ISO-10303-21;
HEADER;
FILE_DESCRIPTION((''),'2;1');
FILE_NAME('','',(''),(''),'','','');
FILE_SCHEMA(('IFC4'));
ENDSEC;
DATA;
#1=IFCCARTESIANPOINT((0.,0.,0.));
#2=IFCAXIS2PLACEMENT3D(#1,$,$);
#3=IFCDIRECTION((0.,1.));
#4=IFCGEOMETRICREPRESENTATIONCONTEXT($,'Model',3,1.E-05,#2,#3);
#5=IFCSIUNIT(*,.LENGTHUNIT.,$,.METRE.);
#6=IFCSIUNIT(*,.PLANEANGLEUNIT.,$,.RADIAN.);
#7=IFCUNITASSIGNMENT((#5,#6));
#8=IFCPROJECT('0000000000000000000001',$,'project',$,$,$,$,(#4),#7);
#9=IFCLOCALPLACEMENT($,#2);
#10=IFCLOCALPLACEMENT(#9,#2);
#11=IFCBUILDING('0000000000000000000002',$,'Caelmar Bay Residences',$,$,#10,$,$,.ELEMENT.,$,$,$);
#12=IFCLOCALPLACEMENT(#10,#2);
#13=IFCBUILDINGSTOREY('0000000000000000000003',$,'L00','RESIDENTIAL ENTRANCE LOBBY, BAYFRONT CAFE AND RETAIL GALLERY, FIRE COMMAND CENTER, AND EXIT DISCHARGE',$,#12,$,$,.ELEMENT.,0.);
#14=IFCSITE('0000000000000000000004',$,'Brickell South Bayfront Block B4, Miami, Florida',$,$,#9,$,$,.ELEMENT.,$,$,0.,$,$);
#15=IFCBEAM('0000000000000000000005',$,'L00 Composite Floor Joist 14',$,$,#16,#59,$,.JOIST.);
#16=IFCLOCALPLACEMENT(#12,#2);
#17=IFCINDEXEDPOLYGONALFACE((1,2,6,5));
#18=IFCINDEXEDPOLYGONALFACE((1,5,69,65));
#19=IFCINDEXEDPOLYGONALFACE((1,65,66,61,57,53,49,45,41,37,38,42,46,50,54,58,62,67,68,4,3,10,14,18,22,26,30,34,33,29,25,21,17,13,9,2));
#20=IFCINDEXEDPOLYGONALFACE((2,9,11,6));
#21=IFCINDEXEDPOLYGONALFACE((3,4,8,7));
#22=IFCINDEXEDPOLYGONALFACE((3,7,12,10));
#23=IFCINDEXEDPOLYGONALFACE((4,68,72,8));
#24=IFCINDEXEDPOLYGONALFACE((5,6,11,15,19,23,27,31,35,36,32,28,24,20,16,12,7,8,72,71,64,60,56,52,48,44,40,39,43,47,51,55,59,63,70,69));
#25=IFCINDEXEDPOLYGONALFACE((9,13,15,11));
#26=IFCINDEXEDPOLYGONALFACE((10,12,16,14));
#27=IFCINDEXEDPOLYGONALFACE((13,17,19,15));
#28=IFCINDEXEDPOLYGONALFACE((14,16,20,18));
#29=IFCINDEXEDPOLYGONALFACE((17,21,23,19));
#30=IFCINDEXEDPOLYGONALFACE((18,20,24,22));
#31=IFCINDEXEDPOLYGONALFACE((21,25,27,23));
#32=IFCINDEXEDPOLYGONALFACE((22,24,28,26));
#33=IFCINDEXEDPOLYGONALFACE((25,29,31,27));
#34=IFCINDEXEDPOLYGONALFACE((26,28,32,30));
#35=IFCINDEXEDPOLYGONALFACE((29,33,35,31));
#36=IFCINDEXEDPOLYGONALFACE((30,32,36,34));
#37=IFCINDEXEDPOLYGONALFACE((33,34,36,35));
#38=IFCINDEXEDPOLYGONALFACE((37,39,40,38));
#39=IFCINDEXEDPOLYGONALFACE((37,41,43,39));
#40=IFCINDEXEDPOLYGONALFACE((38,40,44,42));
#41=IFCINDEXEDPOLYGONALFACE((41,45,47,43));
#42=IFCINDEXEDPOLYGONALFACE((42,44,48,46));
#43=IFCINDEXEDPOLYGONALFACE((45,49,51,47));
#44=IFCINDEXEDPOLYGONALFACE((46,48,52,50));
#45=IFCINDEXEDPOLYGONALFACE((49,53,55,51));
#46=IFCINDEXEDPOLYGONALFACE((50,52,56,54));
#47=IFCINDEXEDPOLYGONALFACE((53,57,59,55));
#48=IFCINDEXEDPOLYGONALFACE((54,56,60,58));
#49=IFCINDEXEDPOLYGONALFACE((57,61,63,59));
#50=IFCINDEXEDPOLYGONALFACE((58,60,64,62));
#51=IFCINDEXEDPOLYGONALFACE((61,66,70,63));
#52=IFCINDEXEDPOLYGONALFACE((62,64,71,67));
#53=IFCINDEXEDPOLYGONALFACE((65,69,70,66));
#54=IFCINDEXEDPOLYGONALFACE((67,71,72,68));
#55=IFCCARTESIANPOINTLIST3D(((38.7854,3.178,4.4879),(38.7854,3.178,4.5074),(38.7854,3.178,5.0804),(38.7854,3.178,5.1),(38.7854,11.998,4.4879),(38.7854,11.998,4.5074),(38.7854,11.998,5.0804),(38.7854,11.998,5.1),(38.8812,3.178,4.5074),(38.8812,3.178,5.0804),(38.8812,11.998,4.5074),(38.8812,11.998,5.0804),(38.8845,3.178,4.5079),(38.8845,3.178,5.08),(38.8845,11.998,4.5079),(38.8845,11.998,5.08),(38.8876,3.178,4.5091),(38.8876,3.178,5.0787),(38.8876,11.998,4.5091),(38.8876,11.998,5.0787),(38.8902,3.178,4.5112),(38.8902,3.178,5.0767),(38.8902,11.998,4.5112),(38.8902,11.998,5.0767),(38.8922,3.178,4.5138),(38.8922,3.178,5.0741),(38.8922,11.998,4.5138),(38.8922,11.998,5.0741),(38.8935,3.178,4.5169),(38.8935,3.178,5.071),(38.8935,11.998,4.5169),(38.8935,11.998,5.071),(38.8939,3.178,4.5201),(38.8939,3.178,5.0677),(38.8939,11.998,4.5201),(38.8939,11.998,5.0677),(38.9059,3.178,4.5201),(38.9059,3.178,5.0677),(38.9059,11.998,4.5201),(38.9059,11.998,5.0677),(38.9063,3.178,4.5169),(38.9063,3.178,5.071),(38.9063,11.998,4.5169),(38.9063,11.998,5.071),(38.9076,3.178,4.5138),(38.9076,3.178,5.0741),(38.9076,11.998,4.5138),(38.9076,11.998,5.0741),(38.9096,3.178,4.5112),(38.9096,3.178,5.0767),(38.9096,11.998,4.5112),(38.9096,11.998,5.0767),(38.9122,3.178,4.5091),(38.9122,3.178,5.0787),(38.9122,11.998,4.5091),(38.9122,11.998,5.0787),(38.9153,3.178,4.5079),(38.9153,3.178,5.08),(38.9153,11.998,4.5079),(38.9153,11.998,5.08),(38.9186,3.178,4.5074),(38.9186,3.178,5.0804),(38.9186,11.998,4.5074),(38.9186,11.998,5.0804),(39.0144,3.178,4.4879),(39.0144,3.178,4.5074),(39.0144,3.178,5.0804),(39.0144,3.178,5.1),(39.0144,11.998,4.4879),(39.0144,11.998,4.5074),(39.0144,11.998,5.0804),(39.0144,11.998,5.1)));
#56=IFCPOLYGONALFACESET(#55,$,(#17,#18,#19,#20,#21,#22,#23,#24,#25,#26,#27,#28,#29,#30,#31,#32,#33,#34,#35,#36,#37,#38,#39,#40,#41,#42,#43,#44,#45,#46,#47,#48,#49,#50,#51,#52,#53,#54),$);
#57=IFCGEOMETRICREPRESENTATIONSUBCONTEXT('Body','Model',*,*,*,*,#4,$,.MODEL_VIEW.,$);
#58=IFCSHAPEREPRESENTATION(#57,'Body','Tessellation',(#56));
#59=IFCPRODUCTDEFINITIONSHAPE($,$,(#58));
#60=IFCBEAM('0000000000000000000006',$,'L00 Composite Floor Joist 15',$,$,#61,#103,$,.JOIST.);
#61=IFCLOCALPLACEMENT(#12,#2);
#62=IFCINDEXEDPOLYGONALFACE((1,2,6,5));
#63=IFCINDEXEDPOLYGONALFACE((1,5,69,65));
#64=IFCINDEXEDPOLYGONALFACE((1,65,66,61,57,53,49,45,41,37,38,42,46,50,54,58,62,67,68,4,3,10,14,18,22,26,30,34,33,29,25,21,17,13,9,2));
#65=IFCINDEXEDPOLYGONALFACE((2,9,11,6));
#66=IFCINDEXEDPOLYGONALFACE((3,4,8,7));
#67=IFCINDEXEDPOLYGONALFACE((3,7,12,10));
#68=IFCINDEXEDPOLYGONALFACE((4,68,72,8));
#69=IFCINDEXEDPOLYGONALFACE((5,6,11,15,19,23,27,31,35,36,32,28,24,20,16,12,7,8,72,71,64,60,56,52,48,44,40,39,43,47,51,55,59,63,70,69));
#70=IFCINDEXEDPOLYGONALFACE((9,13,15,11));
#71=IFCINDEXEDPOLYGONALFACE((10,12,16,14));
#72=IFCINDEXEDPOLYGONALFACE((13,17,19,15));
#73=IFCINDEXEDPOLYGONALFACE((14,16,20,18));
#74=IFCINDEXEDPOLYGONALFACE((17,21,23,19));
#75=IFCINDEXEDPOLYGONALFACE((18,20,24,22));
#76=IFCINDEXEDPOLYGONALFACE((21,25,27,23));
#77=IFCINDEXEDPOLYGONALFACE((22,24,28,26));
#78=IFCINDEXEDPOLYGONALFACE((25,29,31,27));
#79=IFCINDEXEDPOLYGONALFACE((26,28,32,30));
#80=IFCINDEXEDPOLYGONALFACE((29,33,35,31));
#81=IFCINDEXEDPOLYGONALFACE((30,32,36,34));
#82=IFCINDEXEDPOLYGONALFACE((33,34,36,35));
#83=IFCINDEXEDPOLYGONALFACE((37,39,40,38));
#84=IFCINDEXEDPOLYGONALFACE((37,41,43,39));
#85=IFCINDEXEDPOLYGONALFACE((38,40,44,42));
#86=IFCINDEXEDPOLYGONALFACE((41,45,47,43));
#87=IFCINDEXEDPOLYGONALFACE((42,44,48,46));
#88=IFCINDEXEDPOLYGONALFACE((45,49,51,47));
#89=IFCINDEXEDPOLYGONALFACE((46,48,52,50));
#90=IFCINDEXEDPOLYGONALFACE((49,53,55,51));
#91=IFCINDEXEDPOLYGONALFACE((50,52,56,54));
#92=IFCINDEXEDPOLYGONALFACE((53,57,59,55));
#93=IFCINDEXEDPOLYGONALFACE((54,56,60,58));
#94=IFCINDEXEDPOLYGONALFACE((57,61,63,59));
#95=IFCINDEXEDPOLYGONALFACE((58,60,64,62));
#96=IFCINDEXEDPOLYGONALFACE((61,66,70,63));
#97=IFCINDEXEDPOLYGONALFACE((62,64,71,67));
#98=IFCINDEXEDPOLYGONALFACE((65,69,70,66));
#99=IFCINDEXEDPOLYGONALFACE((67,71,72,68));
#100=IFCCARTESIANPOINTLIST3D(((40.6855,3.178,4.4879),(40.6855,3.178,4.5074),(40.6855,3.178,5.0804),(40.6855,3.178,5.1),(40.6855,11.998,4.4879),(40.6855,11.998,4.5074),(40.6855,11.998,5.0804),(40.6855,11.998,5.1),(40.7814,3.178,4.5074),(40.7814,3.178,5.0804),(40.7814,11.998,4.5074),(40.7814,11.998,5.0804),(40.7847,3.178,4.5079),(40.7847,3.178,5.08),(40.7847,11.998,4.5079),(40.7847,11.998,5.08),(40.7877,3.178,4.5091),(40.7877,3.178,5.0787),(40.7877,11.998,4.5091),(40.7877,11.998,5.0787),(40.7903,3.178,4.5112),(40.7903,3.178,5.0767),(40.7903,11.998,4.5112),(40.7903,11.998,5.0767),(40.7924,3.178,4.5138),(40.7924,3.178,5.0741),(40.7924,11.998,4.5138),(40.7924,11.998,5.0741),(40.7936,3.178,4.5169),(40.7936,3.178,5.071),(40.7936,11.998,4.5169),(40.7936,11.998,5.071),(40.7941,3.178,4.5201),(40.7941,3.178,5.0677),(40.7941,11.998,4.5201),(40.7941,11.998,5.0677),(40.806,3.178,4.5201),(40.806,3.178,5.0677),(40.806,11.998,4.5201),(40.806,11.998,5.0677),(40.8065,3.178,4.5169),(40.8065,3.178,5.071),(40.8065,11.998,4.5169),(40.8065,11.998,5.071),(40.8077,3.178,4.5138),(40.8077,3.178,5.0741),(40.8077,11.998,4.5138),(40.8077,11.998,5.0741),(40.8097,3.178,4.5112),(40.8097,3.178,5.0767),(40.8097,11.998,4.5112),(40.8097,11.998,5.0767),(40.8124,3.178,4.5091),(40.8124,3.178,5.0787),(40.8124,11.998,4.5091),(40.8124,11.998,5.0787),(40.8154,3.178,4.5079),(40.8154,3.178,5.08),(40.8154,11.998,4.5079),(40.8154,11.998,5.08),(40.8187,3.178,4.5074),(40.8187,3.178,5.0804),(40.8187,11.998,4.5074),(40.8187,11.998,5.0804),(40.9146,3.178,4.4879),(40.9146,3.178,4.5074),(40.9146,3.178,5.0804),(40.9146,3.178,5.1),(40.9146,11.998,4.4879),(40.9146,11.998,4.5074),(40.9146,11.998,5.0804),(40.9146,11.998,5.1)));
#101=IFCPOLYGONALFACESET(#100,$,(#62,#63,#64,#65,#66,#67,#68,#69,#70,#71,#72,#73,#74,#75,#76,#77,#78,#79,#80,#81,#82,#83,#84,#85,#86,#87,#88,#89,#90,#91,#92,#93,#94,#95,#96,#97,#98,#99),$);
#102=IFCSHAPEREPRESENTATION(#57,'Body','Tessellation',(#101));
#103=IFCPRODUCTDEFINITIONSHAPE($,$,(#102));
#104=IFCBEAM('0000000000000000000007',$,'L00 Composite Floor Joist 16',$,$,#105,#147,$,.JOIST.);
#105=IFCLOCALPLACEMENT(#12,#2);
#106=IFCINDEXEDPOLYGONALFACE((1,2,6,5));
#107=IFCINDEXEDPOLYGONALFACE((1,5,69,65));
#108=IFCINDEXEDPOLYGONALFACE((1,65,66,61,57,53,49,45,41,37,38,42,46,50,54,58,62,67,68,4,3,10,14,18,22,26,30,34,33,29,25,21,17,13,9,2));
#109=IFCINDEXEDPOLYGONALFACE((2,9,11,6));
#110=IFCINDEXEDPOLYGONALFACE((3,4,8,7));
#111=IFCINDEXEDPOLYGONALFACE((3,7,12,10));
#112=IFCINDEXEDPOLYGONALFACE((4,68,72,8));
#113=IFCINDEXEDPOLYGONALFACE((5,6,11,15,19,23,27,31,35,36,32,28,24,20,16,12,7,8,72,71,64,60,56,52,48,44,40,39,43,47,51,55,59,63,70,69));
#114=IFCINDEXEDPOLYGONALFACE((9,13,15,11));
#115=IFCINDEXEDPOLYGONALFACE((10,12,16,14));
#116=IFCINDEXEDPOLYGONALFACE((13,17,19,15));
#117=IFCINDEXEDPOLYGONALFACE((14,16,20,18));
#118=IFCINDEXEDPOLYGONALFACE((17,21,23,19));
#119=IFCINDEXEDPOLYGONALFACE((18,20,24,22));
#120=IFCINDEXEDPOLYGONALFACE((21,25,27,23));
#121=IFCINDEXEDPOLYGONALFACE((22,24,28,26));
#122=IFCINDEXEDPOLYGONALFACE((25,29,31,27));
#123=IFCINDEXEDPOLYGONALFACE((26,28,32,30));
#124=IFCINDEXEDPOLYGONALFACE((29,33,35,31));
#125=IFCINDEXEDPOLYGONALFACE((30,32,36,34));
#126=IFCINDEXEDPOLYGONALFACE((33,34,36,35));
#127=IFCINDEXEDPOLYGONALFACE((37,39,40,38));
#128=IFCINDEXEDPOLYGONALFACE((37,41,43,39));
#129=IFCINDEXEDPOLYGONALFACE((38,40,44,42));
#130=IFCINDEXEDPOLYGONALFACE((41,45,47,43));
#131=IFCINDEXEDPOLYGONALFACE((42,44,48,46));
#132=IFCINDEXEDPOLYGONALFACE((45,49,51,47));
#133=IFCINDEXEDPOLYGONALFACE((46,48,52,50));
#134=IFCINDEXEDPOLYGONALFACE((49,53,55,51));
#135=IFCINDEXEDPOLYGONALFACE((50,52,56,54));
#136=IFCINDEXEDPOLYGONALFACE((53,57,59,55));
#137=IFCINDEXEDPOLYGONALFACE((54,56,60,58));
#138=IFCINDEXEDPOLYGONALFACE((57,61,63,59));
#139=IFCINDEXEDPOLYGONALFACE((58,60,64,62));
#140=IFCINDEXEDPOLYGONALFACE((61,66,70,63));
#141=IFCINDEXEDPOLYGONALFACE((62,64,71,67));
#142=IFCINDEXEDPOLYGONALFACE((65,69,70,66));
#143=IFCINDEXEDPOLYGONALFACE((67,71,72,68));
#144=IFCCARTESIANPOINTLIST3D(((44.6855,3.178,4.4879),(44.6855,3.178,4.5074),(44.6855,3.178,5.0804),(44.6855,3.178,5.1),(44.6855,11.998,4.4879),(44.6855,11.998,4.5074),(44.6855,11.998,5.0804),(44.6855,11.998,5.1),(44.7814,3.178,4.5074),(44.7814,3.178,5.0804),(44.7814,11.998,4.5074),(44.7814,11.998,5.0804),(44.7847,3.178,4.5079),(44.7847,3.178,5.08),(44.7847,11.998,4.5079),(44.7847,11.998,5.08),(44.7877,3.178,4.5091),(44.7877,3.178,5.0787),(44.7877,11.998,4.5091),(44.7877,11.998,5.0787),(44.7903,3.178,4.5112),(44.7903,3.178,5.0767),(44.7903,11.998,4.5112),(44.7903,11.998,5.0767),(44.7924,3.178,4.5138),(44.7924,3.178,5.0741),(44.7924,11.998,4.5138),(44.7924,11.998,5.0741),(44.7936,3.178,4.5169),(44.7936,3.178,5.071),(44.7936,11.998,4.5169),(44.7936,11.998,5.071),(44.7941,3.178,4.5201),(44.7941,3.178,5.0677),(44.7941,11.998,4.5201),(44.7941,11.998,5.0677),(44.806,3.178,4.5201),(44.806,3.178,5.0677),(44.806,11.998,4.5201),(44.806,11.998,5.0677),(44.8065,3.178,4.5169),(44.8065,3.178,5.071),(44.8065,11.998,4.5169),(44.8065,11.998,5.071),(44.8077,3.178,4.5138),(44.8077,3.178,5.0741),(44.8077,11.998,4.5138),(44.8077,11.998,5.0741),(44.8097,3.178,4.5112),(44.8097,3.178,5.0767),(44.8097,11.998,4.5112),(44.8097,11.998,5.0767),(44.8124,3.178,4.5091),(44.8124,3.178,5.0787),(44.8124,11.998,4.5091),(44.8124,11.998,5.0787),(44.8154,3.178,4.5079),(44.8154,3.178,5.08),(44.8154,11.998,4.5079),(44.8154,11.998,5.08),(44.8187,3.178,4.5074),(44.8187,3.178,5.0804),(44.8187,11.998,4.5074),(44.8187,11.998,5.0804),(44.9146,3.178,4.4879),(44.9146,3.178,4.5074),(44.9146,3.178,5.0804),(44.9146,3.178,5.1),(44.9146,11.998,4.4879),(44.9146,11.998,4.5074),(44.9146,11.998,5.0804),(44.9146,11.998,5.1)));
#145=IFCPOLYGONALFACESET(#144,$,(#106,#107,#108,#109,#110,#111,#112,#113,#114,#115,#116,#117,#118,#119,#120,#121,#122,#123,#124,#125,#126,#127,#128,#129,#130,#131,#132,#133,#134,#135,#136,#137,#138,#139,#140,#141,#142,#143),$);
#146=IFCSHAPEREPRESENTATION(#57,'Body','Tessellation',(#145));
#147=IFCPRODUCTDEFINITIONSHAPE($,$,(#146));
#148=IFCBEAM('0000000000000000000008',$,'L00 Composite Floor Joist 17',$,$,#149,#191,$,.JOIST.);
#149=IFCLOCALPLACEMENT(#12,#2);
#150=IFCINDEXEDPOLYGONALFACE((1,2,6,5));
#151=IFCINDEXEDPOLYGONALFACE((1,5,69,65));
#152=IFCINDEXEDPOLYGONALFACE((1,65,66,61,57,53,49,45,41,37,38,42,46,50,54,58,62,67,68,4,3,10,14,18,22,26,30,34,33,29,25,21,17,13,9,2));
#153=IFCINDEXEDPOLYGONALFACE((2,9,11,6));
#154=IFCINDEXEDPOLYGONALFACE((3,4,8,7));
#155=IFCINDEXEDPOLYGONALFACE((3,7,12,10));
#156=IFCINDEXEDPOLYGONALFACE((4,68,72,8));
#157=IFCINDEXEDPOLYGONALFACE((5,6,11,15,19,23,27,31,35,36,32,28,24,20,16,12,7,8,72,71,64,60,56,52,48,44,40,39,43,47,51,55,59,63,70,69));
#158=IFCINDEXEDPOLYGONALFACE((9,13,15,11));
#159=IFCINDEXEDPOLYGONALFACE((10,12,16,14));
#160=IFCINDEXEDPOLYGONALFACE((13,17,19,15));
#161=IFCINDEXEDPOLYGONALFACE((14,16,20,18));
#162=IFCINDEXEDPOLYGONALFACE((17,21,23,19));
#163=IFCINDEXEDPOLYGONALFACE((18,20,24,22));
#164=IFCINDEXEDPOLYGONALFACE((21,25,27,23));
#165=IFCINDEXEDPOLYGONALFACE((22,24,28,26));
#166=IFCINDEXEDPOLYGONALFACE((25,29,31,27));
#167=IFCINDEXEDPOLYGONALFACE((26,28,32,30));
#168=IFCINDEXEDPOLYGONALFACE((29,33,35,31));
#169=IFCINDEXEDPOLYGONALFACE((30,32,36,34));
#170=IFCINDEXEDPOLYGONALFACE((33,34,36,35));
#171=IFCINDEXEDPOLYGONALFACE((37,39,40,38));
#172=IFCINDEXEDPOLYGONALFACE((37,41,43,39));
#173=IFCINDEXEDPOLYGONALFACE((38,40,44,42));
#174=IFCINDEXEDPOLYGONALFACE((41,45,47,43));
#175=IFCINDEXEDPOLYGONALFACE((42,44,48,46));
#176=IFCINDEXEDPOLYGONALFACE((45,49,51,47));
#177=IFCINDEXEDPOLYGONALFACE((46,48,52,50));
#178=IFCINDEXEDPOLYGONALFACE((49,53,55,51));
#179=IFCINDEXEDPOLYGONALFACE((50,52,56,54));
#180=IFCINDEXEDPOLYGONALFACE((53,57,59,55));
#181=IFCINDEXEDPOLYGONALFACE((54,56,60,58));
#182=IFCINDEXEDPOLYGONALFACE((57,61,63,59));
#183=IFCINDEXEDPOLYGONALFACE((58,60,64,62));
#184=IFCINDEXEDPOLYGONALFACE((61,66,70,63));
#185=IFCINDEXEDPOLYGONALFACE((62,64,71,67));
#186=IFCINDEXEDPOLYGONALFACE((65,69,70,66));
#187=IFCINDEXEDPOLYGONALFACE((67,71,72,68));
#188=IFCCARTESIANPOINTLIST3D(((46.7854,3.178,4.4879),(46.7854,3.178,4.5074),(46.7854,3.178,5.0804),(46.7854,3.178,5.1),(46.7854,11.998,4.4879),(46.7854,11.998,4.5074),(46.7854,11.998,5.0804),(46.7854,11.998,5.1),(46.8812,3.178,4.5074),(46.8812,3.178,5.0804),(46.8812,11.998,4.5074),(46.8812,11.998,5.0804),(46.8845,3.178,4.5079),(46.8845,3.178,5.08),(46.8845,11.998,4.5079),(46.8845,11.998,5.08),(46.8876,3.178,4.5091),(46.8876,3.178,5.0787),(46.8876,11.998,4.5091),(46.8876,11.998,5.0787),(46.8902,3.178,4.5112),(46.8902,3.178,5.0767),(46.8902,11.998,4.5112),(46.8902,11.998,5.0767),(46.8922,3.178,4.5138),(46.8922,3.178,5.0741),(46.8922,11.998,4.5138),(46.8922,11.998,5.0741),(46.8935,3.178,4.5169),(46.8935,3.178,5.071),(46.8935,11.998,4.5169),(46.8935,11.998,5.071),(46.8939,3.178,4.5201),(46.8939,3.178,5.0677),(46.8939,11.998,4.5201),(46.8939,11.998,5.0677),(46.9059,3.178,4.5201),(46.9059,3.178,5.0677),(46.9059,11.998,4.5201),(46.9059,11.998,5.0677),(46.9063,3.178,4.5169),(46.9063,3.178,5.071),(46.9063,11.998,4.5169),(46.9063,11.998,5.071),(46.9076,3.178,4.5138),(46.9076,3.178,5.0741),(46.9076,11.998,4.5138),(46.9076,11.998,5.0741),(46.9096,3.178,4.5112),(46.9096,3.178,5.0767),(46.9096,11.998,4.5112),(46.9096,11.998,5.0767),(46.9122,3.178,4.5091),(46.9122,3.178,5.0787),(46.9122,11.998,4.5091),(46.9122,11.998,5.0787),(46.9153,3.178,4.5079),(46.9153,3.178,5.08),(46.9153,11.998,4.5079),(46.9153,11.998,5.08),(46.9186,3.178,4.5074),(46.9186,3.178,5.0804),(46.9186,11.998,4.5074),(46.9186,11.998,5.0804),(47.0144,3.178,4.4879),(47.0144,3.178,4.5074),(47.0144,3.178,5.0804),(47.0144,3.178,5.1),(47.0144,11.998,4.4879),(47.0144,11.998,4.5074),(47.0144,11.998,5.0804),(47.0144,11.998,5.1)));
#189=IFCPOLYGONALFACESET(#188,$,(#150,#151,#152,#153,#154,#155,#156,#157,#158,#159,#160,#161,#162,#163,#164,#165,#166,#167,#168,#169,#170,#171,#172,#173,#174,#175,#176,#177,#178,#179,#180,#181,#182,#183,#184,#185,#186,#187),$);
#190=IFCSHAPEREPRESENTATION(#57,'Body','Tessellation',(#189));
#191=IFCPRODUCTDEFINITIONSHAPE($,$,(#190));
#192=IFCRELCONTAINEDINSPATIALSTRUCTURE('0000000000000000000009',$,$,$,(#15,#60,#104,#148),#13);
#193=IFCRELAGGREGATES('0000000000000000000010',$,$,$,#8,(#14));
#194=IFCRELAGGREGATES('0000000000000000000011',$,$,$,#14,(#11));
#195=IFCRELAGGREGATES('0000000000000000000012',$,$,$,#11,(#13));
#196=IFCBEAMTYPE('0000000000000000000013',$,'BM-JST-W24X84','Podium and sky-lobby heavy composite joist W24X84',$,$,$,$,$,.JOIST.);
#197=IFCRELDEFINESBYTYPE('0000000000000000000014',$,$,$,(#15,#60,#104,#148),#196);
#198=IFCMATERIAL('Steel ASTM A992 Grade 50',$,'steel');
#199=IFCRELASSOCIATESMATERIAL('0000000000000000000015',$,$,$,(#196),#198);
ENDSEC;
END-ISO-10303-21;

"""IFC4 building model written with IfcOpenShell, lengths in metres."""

from ifc_helpers import new_model, si_unit, direction, frame, origin, origin_2d, place, context, subcontext, project, spatial, i_section, extrude, material, material_profile, profile_set, type_object, element, save


model = new_model("IFC4")

# Units and contexts
model_context = context("Model", 3, precision=1e-05, world=origin(), true_north=direction((0.0, 1.0)))
body_context = subcontext(model_context, "Body", "Model", "MODEL_VIEW")
ifc_project = project(units=[si_unit("LENGTHUNIT", "METRE"), si_unit("PLANEANGLEUNIT", "RADIAN")], contexts=[model_context])

# Site, building, storey
site_placement = place(None, origin())
site = spatial("IfcSite", under=ifc_project, at=site_placement, Name="Brickell South Bayfront Block B4, Miami, Florida", CompositionType="ELEMENT", RefElevation=0.0)
building_placement = place(site_placement, origin())
building = spatial("IfcBuilding", under=site, at=building_placement, Name="Caelmar Bay Residences", CompositionType="ELEMENT")
storey_placement = place(building_placement, origin())
storey = spatial("IfcBuildingStorey", under=building, at=storey_placement, Name="L00", Description="RESIDENTIAL ENTRANCE LOBBY, BAYFRONT CAFE AND RETAIL GALLERY, FIRE COMMAND CENTER, AND EXIT DISCHARGE", CompositionType="ELEMENT", Elevation=0.0)

# Beams
ifc_material_1 = material(Name="Steel ASTM A992 Grade 50", Category="steel")
ifc_material_profile_1 = material_profile(ifc_material_1, i_section(OverallWidth=0.229, OverallDepth=0.6121, WebThickness=0.012, FlangeThickness=0.0195, FilletRadius=0.0127, at=origin_2d()), Name="W24X84")
ifc_profile_set_1 = profile_set([ifc_material_profile_1], Name="Steel ASTM A992 Grade 50")
beam_type_1 = type_object("IfcBeamType", Name="BM-JST-W24X84", Description="Podium and sky-lobby heavy composite joist W24X84", PredefinedType="JOIST", material=ifc_profile_set_1)
for number, where, z_axis, x_axis, name in (
    (1, (38.8999, 3.178, 4.7939), (0.0, 1.0, 0.0), (-1.0, 0.0, 0.0), "L00 Composite Floor Joist 14"),
    (2, (40.8, 3.178, 4.7939), (0.0, 1.0, 0.0), (-1.0, 0.0, 0.0), "L00 Composite Floor Joist 15"),
    (3, (44.8, 3.178, 4.7939), (0.0, 1.0, 0.0), (-1.0, 0.0, 0.0), "L00 Composite Floor Joist 16"),
    (4, (46.8999, 3.178, 4.7939), (0.0, 1.0, 0.0), (-1.0, 0.0, 0.0), "L00 Composite Floor Joist 17"),
):
    element("IfcBeam", number, at=place(storey_placement, frame(where, z_axis=z_axis, x_axis=x_axis)), inside=storey, type_object=beam_type_1, Name=name, PredefinedType="JOIST", context=body_context, shape_type="SweptSolid", body=[
        extrude(i_section(OverallWidth=0.229, OverallDepth=0.6121, WebThickness=0.012, FlangeThickness=0.0195, FilletRadius=0.0127, at=origin_2d()), origin(), (0.0, 0.0, 1.0), 8.8201),
    ])

save(model, "model.ifc")
